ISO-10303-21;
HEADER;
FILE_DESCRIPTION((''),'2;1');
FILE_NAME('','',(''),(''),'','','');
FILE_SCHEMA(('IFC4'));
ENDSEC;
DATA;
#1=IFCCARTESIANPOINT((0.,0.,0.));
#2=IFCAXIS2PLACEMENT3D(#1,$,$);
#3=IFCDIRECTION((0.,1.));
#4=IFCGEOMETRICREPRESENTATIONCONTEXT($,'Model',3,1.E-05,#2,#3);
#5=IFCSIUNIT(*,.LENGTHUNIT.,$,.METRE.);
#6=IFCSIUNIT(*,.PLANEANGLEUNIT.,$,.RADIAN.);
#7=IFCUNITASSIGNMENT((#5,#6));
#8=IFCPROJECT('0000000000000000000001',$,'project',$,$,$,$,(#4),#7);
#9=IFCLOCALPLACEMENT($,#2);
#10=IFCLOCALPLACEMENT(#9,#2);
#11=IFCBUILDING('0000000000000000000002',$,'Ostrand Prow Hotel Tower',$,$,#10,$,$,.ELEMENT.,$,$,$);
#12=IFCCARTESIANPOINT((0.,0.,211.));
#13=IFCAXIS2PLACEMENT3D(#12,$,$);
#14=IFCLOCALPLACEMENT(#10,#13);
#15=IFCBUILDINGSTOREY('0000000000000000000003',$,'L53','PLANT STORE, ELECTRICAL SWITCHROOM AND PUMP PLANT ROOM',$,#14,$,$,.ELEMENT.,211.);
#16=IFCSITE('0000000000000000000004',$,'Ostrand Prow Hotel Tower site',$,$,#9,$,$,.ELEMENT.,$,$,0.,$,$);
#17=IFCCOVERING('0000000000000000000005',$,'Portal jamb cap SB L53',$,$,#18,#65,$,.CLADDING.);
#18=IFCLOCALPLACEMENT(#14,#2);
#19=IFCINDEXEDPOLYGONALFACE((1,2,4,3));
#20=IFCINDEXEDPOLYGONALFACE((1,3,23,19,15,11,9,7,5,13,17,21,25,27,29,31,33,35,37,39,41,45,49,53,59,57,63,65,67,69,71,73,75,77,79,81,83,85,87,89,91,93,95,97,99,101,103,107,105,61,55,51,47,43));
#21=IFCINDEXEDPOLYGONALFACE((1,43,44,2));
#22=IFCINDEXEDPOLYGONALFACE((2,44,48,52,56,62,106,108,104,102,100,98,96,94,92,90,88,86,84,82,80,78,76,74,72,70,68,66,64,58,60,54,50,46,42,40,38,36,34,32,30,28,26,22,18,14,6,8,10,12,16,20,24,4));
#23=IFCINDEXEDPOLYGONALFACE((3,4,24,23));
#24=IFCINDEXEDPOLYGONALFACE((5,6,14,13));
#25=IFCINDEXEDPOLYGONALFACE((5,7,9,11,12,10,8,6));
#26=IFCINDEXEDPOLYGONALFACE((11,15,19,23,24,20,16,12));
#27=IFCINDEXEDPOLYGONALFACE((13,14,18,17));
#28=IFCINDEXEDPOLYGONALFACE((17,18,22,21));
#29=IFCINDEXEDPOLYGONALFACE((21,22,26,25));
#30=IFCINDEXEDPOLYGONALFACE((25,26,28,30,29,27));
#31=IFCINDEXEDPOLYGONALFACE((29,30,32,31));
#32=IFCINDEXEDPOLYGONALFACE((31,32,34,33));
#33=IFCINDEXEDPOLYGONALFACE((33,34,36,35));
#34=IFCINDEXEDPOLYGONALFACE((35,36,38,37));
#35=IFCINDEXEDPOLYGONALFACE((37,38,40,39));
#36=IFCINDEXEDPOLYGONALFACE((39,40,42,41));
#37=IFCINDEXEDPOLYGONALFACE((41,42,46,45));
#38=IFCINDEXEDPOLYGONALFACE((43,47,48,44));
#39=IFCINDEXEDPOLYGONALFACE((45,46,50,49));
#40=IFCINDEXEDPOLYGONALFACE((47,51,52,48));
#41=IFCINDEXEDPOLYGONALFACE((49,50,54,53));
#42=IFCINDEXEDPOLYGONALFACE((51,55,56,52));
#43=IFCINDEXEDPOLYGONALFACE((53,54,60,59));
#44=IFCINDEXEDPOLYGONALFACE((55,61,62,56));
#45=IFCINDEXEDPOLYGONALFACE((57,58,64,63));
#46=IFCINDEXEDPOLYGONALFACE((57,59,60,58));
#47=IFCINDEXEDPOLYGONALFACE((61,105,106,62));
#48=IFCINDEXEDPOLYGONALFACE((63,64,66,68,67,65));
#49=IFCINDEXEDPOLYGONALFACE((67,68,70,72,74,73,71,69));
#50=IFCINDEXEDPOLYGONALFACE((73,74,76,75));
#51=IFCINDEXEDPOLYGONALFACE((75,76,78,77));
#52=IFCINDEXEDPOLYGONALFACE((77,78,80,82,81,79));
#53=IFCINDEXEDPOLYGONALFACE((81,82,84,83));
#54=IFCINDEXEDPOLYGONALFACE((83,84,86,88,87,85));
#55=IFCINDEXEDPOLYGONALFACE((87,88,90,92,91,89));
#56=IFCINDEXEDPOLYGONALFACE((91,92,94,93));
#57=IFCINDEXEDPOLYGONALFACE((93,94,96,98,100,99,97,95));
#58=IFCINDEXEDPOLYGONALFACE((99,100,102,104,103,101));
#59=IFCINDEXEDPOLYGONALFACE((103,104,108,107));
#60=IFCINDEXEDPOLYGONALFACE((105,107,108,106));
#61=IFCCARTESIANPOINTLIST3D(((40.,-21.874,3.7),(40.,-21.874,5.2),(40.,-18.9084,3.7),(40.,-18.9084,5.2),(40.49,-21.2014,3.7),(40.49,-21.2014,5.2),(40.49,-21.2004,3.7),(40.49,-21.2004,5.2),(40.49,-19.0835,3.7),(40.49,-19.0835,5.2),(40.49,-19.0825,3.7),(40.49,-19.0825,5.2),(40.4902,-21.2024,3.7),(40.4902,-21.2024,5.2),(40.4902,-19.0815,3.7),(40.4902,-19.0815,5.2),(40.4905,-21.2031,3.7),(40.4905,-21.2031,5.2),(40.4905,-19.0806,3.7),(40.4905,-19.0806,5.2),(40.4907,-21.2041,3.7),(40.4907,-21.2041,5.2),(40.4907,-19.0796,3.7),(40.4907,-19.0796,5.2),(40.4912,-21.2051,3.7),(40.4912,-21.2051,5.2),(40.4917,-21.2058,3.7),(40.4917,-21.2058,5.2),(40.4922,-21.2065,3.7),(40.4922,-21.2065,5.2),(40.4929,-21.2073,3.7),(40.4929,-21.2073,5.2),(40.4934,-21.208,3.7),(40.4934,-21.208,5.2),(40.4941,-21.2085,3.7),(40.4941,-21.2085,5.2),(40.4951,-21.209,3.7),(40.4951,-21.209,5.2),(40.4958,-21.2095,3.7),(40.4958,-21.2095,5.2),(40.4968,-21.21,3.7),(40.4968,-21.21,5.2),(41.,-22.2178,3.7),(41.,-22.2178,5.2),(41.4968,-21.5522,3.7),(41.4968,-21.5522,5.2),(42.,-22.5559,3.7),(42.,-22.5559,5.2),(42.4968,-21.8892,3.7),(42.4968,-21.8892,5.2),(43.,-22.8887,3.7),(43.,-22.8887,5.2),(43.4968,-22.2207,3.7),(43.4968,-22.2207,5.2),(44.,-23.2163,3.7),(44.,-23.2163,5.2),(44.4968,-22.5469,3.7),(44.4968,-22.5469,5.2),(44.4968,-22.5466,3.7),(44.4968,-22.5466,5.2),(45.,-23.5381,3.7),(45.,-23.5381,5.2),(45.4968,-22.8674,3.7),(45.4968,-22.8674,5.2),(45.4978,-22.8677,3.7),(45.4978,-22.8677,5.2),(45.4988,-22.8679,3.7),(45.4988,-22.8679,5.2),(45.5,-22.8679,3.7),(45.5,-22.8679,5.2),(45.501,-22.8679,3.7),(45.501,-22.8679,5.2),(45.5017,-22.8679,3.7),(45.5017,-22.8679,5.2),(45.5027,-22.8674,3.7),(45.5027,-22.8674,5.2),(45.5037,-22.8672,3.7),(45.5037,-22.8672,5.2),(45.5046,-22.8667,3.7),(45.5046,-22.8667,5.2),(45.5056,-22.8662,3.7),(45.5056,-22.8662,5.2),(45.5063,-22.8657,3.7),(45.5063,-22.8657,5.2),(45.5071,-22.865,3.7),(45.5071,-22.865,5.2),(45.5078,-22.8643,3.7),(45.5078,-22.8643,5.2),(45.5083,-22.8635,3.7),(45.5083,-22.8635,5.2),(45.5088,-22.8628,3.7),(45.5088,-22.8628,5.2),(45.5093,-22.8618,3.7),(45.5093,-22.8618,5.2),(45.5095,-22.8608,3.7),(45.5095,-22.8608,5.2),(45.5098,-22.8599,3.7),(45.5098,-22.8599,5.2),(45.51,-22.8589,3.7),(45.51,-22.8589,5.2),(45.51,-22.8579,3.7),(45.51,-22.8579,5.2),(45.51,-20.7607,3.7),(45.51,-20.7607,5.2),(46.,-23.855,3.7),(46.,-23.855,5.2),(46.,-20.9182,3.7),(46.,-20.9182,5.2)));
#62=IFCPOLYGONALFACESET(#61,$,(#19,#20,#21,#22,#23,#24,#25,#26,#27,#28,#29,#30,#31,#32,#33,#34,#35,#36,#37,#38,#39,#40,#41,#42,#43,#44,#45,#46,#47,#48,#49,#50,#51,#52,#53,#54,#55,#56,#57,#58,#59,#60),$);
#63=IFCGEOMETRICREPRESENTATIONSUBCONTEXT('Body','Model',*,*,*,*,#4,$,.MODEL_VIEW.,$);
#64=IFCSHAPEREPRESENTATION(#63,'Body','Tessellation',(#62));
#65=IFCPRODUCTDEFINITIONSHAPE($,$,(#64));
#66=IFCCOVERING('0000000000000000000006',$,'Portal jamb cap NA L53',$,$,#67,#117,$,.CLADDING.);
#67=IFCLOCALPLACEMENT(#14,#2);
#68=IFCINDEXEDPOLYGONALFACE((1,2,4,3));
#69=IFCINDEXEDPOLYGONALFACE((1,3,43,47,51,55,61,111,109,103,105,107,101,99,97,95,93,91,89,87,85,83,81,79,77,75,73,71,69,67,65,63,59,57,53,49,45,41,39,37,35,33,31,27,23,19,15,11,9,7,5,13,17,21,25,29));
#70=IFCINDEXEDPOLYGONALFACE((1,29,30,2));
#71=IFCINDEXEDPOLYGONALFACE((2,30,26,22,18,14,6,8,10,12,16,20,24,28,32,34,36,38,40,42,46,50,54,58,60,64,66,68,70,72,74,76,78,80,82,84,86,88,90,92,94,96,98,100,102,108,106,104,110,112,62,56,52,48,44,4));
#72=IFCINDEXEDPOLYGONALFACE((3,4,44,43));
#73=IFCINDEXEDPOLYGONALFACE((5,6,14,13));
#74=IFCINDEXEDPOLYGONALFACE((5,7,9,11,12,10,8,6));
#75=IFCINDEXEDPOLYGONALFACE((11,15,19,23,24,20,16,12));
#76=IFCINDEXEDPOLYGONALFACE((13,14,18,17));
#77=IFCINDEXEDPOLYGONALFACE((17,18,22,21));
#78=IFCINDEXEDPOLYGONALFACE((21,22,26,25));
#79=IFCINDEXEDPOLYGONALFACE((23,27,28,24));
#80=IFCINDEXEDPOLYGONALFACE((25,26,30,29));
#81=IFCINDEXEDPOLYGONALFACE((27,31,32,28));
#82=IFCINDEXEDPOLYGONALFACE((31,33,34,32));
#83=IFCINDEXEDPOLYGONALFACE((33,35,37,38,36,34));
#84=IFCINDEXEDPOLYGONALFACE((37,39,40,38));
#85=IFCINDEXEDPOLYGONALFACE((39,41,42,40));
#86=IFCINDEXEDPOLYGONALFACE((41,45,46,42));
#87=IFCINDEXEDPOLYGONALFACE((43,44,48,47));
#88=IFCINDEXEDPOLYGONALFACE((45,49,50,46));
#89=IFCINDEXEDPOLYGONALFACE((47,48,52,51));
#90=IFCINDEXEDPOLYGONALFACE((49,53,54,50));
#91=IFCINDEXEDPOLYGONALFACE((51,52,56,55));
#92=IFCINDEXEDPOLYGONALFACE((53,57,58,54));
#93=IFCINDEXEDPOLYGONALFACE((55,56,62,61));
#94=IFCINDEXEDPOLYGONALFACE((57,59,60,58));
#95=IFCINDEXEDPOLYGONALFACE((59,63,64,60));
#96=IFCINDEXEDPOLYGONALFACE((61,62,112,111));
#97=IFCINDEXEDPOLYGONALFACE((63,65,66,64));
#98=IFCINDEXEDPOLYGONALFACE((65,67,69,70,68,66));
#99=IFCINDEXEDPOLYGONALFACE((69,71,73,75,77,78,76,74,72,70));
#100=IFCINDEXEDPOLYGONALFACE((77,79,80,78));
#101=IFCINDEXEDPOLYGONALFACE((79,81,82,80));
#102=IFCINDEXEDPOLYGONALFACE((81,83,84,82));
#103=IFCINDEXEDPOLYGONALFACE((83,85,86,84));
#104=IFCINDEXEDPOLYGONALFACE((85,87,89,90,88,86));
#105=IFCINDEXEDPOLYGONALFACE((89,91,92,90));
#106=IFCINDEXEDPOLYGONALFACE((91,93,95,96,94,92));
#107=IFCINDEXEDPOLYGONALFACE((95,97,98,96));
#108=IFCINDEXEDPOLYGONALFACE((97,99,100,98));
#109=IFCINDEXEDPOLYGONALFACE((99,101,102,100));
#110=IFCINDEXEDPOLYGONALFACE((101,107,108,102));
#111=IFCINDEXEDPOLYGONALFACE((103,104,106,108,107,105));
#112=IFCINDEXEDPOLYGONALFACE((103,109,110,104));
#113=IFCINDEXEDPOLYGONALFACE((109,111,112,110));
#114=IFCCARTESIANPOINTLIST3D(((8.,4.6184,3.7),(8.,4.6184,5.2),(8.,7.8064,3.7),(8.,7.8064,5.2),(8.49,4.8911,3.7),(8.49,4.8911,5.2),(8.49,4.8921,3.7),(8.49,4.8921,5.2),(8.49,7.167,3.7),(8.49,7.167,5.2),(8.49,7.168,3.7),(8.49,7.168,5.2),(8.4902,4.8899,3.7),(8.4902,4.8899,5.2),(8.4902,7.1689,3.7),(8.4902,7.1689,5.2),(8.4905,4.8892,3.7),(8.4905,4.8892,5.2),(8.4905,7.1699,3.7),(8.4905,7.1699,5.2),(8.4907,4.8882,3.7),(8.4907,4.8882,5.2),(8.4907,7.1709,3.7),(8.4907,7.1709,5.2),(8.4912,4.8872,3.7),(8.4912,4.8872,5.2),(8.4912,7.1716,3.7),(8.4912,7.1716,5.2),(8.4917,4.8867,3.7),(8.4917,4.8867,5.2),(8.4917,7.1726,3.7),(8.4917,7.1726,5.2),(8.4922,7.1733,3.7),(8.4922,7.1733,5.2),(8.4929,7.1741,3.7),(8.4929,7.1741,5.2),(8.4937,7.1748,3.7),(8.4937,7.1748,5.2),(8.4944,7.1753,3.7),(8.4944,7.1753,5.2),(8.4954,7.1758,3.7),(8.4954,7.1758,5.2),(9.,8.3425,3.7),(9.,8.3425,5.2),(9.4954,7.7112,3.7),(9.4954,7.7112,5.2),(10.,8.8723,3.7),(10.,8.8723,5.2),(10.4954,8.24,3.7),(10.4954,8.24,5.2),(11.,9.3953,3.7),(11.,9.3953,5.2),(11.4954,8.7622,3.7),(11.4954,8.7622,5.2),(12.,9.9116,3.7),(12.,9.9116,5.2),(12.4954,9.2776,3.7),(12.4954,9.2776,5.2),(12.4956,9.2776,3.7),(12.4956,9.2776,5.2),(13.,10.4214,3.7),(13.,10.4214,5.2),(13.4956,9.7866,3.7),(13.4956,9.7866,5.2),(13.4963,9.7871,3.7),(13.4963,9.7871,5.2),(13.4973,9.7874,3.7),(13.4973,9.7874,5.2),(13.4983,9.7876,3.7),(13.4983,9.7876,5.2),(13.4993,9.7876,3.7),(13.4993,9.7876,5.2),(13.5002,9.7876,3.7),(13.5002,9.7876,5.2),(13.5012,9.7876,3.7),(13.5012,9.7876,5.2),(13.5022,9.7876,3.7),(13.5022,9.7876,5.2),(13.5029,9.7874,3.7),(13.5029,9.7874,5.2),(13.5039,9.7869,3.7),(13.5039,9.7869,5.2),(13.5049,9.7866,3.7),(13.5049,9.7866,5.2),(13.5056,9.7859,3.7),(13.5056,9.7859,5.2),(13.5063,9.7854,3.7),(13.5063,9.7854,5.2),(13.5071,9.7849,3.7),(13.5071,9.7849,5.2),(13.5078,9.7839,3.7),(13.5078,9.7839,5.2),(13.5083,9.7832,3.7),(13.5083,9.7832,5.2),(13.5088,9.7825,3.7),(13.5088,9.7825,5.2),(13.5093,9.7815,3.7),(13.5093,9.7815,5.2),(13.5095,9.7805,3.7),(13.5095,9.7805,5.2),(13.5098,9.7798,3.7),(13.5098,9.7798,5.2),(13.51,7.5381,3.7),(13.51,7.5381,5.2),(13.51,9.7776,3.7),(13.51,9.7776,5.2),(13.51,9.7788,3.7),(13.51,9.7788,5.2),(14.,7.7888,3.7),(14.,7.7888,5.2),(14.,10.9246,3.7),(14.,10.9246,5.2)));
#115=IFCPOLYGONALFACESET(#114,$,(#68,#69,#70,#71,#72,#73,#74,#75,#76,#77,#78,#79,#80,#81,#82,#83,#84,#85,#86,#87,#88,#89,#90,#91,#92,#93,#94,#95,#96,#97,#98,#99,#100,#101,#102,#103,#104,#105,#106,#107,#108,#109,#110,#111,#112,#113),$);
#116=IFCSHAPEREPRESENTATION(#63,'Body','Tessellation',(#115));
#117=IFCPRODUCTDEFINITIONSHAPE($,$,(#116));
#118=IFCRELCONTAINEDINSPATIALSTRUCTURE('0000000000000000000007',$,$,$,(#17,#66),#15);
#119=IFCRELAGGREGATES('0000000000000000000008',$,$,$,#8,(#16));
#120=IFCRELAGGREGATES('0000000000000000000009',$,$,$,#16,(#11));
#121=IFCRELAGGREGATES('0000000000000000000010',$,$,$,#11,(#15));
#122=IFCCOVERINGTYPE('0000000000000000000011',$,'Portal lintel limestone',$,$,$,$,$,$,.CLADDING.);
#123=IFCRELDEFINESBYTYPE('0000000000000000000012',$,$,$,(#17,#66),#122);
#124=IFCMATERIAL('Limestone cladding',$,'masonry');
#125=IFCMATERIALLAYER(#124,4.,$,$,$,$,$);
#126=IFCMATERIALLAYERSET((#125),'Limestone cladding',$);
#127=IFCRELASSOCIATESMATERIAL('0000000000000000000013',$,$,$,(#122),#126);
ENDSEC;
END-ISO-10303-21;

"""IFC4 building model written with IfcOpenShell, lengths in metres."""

from ifc_helpers import new_model, si_unit, direction, frame, origin, place, context, subcontext, project, spatial, polyline, outline, extrude, material, layer, layer_set, type_object, element, save


model = new_model("IFC4")

# Units and contexts
model_context = context("Model", 3, precision=1e-05, world=origin(), true_north=direction((0.0, 1.0)))
body_context = subcontext(model_context, "Body", "Model", "MODEL_VIEW")
ifc_project = project(units=[si_unit("LENGTHUNIT", "METRE"), si_unit("PLANEANGLEUNIT", "RADIAN")], contexts=[model_context])

# Site, building, storey
site_placement = place(None, origin())
site = spatial("IfcSite", under=ifc_project, at=site_placement, Name="Ostrand Prow Hotel Tower site", CompositionType="ELEMENT", RefElevation=0.0)
building_placement = place(site_placement, origin())
building = spatial("IfcBuilding", under=site, at=building_placement, Name="Ostrand Prow Hotel Tower", CompositionType="ELEMENT")
storey_placement = place(building_placement, frame((0.0, 0.0, 211.0)))
storey = spatial("IfcBuildingStorey", under=building, at=storey_placement, Name="L53", Description="PLANT STORE, ELECTRICAL SWITCHROOM AND PUMP PLANT ROOM", CompositionType="ELEMENT", Elevation=211.0)

# Coverings
ifc_material_1 = material(Name="Limestone cladding", Category="masonry")
ifc_layer_1 = layer(ifc_material_1, 4.0)
ifc_layer_set_1 = layer_set([ifc_layer_1], Name="Limestone cladding")
covering_type_1 = type_object("IfcCoveringType", Name="Portal lintel limestone", PredefinedType="CLADDING", material=ifc_layer_set_1)
covering_1_placement = place(storey_placement, frame((0.0, 0.0, 3.7)))
element("IfcCovering", 1, at=covering_1_placement, inside=storey, type_object=covering_type_1, Name="Portal jamb cap SB L53", PredefinedType="CLADDING", context=body_context, shape_type="SweptSolid", body=[
    extrude(outline(polyline([(40.4907, -19.0796), (40.0, -18.9084), (40.0, -21.874), (41.0, -22.2178), (42.0, -22.5559), (43.0, -22.8887), (44.0, -23.2163), (45.0, -23.5381), (46.0, -23.855), (46.0, -20.9182), (45.51, -20.7607), (45.51, -22.8579), (45.51, -22.8589), (45.5098, -22.8599), (45.5095, -22.8608), (45.5093, -22.8618), (45.5088, -22.8628), (45.5083, -22.8635), (45.5078, -22.8643), (45.5071, -22.865), (45.5063, -22.8657), (45.5056, -22.8662), (45.5046, -22.8667), (45.5037, -22.8672), (45.5027, -22.8674), (45.5017, -22.8679), (45.501, -22.8679), (45.5, -22.8679), (45.4988, -22.8679), (45.4978, -22.8677), (45.4968, -22.8674), (44.4968, -22.5469), (44.4968, -22.5466), (43.4968, -22.2207), (43.4968, -22.2207), (42.4968, -21.8892), (42.4968, -21.8892), (41.4968, -21.5522), (41.4968, -21.5522), (40.4968, -21.21), (40.4958, -21.2095), (40.4951, -21.209), (40.4941, -21.2085), (40.4934, -21.208), (40.4929, -21.2073), (40.4922, -21.2065), (40.4917, -21.2058), (40.4912, -21.2051), (40.4907, -21.2041), (40.4905, -21.2031), (40.4902, -21.2024), (40.49, -21.2014), (40.49, -21.2004), (40.49, -19.0835), (40.49, -19.0825), (40.4902, -19.0815), (40.4905, -19.0806), (40.4907, -19.0796), (40.4907, -19.0796)])), origin(), (0.0, 0.0, 1.0), 1.5),
])
covering_2_placement = place(storey_placement, frame((0.0, 0.0, 3.7)))
element("IfcCovering", 2, at=covering_2_placement, inside=storey, type_object=covering_type_1, Name="Portal jamb cap NA L53", PredefinedType="CLADDING", context=body_context, shape_type="SweptSolid", body=[
    extrude(outline(polyline([(8.0, 7.8064), (8.0, 4.6184), (8.4917, 4.8867), (8.4912, 4.8872), (8.4907, 4.8882), (8.4905, 4.8892), (8.4902, 4.8899), (8.49, 4.8911), (8.49, 4.8921), (8.49, 7.167), (8.49, 7.168), (8.4902, 7.1689), (8.4905, 7.1699), (8.4907, 7.1709), (8.4912, 7.1716), (8.4917, 7.1726), (8.4922, 7.1733), (8.4929, 7.1741), (8.4937, 7.1748), (8.4944, 7.1753), (8.4954, 7.1758), (9.4954, 7.7112), (9.4954, 7.7112), (10.4954, 8.24), (10.4954, 8.24), (11.4954, 8.7622), (11.4954, 8.7622), (12.4954, 9.2776), (12.4956, 9.2776), (13.4956, 9.7866), (13.4963, 9.7871), (13.4973, 9.7874), (13.4983, 9.7876), (13.4993, 9.7876), (13.5002, 9.7876), (13.5012, 9.7876), (13.5022, 9.7876), (13.5029, 9.7874), (13.5039, 9.7869), (13.5049, 9.7866), (13.5056, 9.7859), (13.5063, 9.7854), (13.5071, 9.7849), (13.5078, 9.7839), (13.5083, 9.7832), (13.5088, 9.7825), (13.5093, 9.7815), (13.5095, 9.7805), (13.5098, 9.7798), (13.51, 9.7788), (13.51, 9.7776), (13.51, 7.5381), (14.0, 7.7888), (14.0, 10.9246), (13.0, 10.4214), (12.0, 9.9116), (11.0, 9.3953), (10.0, 8.8723), (9.0, 8.3425), (8.0, 7.8064)])), origin(), (0.0, 0.0, 1.0), 1.5),
])

save(model, "model.ifc")
